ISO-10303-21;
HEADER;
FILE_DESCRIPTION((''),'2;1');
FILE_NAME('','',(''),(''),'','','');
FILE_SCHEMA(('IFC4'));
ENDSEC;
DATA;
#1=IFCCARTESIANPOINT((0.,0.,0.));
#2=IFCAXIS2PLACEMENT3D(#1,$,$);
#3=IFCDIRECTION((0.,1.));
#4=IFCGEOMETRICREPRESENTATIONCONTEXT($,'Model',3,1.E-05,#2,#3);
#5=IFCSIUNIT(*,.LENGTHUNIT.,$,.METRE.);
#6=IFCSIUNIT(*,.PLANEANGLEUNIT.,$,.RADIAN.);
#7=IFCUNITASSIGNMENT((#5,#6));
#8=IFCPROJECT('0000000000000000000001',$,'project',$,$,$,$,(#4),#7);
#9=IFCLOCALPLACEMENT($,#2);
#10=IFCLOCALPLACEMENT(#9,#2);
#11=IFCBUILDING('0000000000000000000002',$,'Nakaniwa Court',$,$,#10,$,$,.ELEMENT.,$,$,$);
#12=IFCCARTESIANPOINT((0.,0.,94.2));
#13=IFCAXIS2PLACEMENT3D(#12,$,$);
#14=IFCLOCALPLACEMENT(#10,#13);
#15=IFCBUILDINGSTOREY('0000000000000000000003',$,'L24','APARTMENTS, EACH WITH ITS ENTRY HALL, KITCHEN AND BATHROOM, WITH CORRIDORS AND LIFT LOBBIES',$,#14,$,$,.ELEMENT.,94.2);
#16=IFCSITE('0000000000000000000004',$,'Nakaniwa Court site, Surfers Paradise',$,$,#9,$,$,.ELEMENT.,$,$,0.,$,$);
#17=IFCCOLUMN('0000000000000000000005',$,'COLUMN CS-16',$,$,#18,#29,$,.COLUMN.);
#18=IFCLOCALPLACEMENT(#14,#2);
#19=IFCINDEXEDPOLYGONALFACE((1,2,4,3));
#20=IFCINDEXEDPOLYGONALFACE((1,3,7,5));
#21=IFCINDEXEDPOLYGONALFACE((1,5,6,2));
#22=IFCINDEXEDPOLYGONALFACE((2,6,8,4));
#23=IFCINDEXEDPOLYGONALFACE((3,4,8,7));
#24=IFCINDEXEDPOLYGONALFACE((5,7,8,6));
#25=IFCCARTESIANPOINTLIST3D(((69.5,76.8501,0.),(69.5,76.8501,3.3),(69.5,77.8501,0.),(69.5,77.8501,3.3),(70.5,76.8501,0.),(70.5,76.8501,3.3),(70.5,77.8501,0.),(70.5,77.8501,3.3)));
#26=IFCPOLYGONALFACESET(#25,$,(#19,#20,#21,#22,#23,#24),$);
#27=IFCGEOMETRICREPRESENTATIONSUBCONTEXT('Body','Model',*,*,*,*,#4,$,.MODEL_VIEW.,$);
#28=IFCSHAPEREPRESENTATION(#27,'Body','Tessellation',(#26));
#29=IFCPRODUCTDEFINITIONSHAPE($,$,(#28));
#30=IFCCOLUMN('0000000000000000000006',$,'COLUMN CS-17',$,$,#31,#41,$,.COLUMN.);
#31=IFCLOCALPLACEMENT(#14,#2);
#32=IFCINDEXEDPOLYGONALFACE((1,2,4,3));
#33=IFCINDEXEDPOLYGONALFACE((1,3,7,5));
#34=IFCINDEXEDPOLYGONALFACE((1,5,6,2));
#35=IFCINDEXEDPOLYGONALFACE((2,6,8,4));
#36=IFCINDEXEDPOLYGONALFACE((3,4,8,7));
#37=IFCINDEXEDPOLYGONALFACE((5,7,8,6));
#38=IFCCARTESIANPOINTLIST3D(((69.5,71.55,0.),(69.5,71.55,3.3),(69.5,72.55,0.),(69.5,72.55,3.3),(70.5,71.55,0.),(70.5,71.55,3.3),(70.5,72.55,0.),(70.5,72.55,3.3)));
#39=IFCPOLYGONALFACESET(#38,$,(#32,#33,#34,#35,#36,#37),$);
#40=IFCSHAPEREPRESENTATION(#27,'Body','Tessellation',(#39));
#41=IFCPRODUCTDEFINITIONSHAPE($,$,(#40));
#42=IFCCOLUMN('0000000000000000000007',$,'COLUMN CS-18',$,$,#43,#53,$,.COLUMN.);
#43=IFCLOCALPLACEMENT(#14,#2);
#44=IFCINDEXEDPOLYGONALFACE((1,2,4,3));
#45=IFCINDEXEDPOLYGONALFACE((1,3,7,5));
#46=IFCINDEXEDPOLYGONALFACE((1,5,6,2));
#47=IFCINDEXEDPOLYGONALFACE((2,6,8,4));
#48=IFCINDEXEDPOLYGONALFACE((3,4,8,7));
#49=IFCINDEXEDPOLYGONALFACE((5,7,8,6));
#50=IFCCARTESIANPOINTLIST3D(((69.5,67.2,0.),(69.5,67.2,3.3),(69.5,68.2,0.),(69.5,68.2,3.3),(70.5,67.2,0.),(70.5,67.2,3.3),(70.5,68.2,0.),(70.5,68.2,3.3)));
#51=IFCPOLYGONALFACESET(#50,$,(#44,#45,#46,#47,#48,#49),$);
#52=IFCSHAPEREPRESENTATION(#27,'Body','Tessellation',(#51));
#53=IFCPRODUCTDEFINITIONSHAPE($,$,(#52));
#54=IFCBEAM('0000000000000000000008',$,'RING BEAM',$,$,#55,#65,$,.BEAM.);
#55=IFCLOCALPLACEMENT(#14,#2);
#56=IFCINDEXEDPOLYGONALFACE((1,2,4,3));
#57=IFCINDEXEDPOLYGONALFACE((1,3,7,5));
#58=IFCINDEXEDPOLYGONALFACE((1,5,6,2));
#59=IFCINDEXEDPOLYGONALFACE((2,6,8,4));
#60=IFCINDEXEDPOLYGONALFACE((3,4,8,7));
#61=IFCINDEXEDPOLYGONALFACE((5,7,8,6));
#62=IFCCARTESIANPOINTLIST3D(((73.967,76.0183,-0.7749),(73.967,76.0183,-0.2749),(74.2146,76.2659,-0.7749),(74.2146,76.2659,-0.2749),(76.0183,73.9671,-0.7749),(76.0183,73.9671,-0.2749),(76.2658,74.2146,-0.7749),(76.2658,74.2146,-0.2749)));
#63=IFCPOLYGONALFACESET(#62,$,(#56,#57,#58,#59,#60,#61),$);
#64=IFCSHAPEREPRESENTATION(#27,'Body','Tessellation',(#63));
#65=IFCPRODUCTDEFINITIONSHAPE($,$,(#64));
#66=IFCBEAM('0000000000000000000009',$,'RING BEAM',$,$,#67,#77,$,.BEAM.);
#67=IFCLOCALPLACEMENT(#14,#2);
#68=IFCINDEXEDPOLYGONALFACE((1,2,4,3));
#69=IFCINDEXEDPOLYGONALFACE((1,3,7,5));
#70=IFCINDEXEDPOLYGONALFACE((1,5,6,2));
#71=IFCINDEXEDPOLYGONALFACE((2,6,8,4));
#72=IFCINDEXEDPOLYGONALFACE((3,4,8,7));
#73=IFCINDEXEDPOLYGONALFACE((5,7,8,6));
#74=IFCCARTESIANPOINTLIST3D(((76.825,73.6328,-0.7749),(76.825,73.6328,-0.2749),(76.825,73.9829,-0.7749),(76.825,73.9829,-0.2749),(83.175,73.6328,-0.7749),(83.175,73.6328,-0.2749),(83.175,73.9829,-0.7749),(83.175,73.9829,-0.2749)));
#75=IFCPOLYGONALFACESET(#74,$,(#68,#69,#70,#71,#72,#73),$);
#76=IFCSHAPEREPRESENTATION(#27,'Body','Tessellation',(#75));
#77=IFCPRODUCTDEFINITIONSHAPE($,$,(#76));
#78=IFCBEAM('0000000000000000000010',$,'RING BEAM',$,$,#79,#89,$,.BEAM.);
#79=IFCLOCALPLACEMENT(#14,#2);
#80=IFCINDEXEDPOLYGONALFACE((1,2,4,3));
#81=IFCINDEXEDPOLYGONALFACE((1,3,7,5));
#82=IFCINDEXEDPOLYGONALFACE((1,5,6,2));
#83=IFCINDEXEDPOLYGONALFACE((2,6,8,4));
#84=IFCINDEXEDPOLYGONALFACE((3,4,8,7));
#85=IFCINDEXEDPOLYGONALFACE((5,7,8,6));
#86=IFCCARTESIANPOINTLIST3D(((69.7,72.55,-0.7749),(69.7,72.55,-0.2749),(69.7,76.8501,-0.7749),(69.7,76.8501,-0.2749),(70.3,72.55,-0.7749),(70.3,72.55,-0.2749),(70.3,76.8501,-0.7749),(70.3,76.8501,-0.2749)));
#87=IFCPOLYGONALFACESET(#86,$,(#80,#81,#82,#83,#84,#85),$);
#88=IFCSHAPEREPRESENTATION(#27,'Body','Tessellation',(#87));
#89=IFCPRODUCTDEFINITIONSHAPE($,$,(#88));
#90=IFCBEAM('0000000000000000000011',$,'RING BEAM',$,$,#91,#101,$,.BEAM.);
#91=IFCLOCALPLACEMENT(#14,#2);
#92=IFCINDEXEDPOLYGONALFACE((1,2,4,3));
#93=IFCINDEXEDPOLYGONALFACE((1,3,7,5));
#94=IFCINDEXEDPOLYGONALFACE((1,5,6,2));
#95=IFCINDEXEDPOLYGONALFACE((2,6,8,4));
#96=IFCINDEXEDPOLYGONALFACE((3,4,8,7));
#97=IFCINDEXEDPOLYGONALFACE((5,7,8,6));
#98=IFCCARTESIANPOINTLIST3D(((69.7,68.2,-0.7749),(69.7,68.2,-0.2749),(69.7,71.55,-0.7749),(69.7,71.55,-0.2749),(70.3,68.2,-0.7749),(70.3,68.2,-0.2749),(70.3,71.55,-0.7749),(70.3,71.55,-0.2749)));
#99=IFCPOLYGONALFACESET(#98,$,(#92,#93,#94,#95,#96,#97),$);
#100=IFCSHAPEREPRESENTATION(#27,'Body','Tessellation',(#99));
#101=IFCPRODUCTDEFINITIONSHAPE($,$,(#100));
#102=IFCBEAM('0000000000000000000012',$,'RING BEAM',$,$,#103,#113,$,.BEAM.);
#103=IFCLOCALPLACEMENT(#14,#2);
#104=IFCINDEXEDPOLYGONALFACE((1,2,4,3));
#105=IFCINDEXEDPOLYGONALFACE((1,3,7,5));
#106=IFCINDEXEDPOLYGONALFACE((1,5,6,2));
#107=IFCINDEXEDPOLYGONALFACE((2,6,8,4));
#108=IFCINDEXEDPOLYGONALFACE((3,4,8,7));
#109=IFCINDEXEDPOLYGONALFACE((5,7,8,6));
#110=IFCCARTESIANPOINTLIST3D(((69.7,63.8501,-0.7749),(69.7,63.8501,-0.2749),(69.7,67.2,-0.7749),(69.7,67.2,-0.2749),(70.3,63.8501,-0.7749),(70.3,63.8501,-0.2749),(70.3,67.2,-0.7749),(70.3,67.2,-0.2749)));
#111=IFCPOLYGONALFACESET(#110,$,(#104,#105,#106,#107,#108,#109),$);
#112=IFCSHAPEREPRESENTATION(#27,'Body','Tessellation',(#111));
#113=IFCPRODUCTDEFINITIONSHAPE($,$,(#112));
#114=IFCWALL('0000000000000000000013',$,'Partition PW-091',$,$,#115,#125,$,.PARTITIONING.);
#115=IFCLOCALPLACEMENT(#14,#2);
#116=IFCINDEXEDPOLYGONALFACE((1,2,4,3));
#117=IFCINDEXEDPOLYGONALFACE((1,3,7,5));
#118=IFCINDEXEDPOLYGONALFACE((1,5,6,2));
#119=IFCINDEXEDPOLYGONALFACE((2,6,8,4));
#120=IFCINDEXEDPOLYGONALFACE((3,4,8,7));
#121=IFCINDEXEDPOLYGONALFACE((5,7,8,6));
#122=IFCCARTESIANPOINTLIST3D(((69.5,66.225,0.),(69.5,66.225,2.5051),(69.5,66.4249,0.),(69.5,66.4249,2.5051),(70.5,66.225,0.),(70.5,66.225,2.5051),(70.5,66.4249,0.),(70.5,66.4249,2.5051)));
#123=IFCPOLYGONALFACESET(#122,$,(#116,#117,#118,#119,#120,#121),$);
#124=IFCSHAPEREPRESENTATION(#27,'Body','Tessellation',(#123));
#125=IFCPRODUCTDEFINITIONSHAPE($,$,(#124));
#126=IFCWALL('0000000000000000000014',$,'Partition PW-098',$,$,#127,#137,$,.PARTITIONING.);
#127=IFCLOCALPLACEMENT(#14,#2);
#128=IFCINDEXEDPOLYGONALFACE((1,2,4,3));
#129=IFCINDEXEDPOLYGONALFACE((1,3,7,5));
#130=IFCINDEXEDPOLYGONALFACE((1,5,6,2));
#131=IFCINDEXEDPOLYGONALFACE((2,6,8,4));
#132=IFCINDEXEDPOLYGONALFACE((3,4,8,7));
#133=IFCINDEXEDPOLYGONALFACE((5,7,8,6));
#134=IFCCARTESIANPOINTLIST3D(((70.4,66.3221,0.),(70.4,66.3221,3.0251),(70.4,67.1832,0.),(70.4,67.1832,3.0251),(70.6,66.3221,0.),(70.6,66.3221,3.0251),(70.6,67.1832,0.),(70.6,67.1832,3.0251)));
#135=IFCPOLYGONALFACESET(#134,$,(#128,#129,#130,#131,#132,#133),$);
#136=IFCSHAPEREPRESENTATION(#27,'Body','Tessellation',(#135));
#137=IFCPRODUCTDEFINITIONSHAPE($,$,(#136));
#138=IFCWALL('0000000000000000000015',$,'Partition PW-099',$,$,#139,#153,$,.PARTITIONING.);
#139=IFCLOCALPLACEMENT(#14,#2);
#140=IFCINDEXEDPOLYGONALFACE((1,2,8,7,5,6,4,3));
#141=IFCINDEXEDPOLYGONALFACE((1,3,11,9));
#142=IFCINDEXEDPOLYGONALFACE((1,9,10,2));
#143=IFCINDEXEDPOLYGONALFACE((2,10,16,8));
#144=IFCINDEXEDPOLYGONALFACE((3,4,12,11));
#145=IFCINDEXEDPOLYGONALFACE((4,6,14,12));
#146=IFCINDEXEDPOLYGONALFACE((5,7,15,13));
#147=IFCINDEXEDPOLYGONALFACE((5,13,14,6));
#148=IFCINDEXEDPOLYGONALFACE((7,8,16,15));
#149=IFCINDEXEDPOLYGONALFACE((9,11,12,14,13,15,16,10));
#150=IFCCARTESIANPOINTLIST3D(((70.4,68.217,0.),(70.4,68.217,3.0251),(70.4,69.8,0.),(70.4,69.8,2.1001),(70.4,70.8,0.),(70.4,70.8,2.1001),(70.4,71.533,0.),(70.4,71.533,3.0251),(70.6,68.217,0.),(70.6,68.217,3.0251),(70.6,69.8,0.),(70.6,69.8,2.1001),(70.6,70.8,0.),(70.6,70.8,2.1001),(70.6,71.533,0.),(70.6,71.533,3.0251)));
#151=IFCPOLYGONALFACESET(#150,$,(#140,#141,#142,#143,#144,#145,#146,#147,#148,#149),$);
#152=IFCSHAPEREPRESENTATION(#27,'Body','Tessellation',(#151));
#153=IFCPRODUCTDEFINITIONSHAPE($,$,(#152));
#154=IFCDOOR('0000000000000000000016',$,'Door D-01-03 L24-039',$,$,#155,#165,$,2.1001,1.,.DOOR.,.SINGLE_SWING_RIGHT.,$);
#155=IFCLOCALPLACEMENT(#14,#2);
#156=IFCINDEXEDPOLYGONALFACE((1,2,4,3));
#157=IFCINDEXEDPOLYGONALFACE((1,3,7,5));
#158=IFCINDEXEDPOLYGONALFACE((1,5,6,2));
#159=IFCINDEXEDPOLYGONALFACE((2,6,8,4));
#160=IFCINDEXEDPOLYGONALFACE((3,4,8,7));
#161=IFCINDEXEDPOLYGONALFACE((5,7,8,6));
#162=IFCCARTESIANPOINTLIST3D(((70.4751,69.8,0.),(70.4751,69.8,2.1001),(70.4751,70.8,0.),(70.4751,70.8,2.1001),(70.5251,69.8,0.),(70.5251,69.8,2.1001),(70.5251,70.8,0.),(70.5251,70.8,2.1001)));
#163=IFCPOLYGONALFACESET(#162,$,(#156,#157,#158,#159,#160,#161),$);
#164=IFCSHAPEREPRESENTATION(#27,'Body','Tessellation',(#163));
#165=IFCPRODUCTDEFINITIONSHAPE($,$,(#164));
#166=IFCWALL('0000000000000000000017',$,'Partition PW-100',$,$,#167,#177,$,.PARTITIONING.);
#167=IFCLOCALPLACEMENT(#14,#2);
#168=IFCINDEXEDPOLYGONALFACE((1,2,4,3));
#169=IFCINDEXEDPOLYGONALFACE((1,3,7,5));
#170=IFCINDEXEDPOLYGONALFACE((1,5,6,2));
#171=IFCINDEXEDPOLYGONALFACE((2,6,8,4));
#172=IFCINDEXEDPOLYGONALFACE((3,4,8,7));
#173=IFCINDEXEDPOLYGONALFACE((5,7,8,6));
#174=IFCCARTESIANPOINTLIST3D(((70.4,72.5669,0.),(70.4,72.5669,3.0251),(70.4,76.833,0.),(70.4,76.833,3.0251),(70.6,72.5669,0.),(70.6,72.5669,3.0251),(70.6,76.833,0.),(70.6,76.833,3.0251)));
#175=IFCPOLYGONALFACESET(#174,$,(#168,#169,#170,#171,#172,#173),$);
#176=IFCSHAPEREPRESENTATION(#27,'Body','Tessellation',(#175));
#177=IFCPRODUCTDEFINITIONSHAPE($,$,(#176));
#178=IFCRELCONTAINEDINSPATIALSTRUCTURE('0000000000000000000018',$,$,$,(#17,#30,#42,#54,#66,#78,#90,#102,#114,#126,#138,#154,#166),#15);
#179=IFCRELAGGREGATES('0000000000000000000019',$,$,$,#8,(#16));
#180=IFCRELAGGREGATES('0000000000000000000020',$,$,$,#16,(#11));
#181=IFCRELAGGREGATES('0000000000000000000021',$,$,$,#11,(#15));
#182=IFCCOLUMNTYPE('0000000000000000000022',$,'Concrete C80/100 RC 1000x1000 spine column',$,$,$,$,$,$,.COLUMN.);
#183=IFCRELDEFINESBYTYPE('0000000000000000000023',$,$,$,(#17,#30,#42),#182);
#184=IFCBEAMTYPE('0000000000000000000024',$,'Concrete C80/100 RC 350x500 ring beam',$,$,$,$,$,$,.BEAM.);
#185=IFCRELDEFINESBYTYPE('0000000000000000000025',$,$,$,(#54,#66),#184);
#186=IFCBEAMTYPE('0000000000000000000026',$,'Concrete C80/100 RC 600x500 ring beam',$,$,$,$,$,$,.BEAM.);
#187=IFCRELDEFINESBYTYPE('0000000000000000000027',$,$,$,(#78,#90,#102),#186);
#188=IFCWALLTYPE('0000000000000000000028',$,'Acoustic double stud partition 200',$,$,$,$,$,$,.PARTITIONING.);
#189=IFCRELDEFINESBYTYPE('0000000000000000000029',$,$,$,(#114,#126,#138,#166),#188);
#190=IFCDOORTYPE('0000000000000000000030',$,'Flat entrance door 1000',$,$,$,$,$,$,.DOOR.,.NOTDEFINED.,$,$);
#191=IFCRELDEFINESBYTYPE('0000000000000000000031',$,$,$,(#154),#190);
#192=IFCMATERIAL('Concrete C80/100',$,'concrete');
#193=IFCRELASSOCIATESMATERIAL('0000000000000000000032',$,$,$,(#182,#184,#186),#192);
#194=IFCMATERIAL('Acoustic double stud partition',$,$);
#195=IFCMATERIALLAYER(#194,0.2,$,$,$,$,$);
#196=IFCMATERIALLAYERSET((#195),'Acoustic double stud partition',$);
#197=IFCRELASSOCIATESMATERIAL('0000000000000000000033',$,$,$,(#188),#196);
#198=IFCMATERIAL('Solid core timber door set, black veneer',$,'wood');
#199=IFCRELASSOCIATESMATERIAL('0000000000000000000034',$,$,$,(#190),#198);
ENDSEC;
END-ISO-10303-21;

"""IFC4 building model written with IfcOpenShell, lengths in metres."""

from ifc_helpers import new_model, si_unit, direction, frame, frame_2d, origin, origin_2d, place, context, subcontext, project, spatial, rectangle, extrude, material, layer, layer_set, material_profile, profile_set, type_object, element, fill, save


model = new_model("IFC4")

# Units and contexts
model_context = context("Model", 3, precision=1e-05, world=origin(), true_north=direction((0.0, 1.0)))
body_context = subcontext(model_context, "Body", "Model", "MODEL_VIEW")
ifc_project = project(units=[si_unit("LENGTHUNIT", "METRE"), si_unit("PLANEANGLEUNIT", "RADIAN")], contexts=[model_context])

# Site, building, storey
site_placement = place(None, origin())
site = spatial("IfcSite", under=ifc_project, at=site_placement, Name="Nakaniwa Court site, Surfers Paradise", CompositionType="ELEMENT", RefElevation=0.0)
building_placement = place(site_placement, origin())
building = spatial("IfcBuilding", under=site, at=building_placement, Name="Nakaniwa Court", CompositionType="ELEMENT")
storey_placement = place(building_placement, frame((0.0, 0.0, 94.2)))
storey = spatial("IfcBuildingStorey", under=building, at=storey_placement, Name="L24", Description="APARTMENTS, EACH WITH ITS ENTRY HALL, KITCHEN AND BATHROOM, WITH CORRIDORS AND LIFT LOBBIES", CompositionType="ELEMENT", Elevation=94.2)

# Columns
ifc_material_1 = material(Name="Concrete C80/100", Category="concrete")
ifc_material_profile_1 = material_profile(ifc_material_1, rectangle(XDim=1.0, YDim=1.0, at=origin_2d()), Name="Concrete C80/100 RC 1000x1000 spine column")
ifc_profile_set_1 = profile_set([ifc_material_profile_1], Name="Concrete C80/100")
column_type_1 = type_object("IfcColumnType", Name="Concrete C80/100 RC 1000x1000 spine column", PredefinedType="COLUMN", material=ifc_profile_set_1)
for number, where, z_axis, x_axis, name in (
    (1, (70.0, 77.3501, 0.0), (0.0, 0.0, 1.0), (0.0, -1.0, 0.0), "COLUMN CS-16"),
    (2, (70.0, 72.05, 0.0), (0.0, 0.0, 1.0), (0.0, -1.0, 0.0), "COLUMN CS-17"),
    (3, (70.0, 67.7, 0.0), (0.0, 0.0, 1.0), (0.0, -1.0, 0.0), "COLUMN CS-18"),
):
    element("IfcColumn", number, at=place(storey_placement, frame(where, z_axis=z_axis, x_axis=x_axis)), inside=storey, type_object=column_type_1, Name=name, PredefinedType="COLUMN", context=body_context, shape_type="SweptSolid", body=[
        extrude(rectangle(XDim=1.0, YDim=1.0, at=origin_2d()), origin(), (0.0, 0.0, 1.0), 3.3),
    ])

# Beams
ifc_material_profile_2 = material_profile(ifc_material_1, rectangle(XDim=0.3501, YDim=0.5, at=origin_2d()), Name="Concrete C80/100 RC 350x500 ring beam")
ifc_profile_set_2 = profile_set([ifc_material_profile_2], Name="Concrete C80/100")
beam_type_1 = type_object("IfcBeamType", Name="Concrete C80/100 RC 350x500 ring beam", PredefinedType="BEAM", material=ifc_profile_set_2)
beam_1_placement = place(storey_placement, frame((74.0908, 76.1421, -0.5249), z_axis=(0.707107, -0.707107, 0.0), x_axis=(0.707107, 0.707107, 0.0)))
element("IfcBeam", 4, at=beam_1_placement, inside=storey, type_object=beam_type_1, Name="RING BEAM", PredefinedType="BEAM", context=body_context, shape_type="SweptSolid", body=[
    extrude(rectangle(XDim=0.3501, YDim=0.5, at=origin_2d()), origin(), (0.0, 0.0, 1.0), 2.9009),
])
beam_2_placement = place(storey_placement, frame((76.825, 73.8079, -0.5249), z_axis=(1.0, 0.0, 0.0), x_axis=(0.0, 1.0, 0.0)))
element("IfcBeam", 5, at=beam_2_placement, inside=storey, type_object=beam_type_1, Name="RING BEAM", PredefinedType="BEAM", context=body_context, shape_type="SweptSolid", body=[
    extrude(rectangle(XDim=0.3501, YDim=0.5, at=origin_2d()), origin(), (0.0, 0.0, 1.0), 6.3501),
])
ifc_material_profile_3 = material_profile(ifc_material_1, rectangle(XDim=0.6001, YDim=0.5, at=origin_2d()), Name="Concrete C80/100 RC 600x500 ring beam")
ifc_profile_set_3 = profile_set([ifc_material_profile_3], Name="Concrete C80/100")
beam_type_2 = type_object("IfcBeamType", Name="Concrete C80/100 RC 600x500 ring beam", PredefinedType="BEAM", material=ifc_profile_set_3)
beam_3_placement = place(storey_placement, frame((70.0, 76.8501, -0.5249), z_axis=(0.0, -1.0, 0.0), x_axis=(1.0, 0.0, 0.0)))
element("IfcBeam", 6, at=beam_3_placement, inside=storey, type_object=beam_type_2, Name="RING BEAM", PredefinedType="BEAM", context=body_context, shape_type="SweptSolid", body=[
    extrude(rectangle(XDim=0.6001, YDim=0.5, at=origin_2d()), origin(), (0.0, 0.0, 1.0), 4.3),
])
beam_4_placement = place(storey_placement, frame((70.0, 71.55, -0.5249), z_axis=(0.0, -1.0, 0.0), x_axis=(1.0, 0.0, 0.0)))
element("IfcBeam", 7, at=beam_4_placement, inside=storey, type_object=beam_type_2, Name="RING BEAM", PredefinedType="BEAM", context=body_context, shape_type="SweptSolid", body=[
    extrude(rectangle(XDim=0.6001, YDim=0.5, at=origin_2d()), origin(), (0.0, 0.0, 1.0), 3.3501),
])
beam_5_placement = place(storey_placement, frame((70.0, 67.2, -0.5249), z_axis=(0.0, -1.0, 0.0), x_axis=(1.0, 0.0, 0.0)))
element("IfcBeam", 8, at=beam_5_placement, inside=storey, type_object=beam_type_2, Name="RING BEAM", PredefinedType="BEAM", context=body_context, shape_type="SweptSolid", body=[
    extrude(rectangle(XDim=0.6001, YDim=0.5, at=origin_2d()), origin(), (0.0, 0.0, 1.0), 3.3499),
])

# Walls
ifc_material_2 = material(Name="Acoustic double stud partition")
ifc_layer_1 = layer(ifc_material_2, 0.2)
ifc_layer_set_1 = layer_set([ifc_layer_1], Name="Acoustic double stud partition")
wall_type_1 = type_object("IfcWallType", Name="Acoustic double stud partition 200", PredefinedType="PARTITIONING", material=ifc_layer_set_1)
wall_1_placement = place(storey_placement, frame((69.5, 66.325, 0.0), z_axis=(0.0, 0.0, 1.0), x_axis=(1.0, 0.0, 0.0)))
element("IfcWall", 9, at=wall_1_placement, inside=storey, type_object=wall_type_1, Name="Partition PW-091", PredefinedType="PARTITIONING", context=body_context, shape_type="SweptSolid", body=[
    extrude(rectangle(XDim=1.0, YDim=0.2, at=frame_2d((0.5, 0.0))), origin(), (0.0, 0.0, 1.0), 2.5051),
])
wall_2_placement = place(storey_placement, frame((70.5, 66.322, 0.0), z_axis=(0.0, 0.0, 1.0), x_axis=(0.0, 1.0, 0.0)))
element("IfcWall", 10, at=wall_2_placement, inside=storey, type_object=wall_type_1, Name="Partition PW-098", PredefinedType="PARTITIONING", context=body_context, shape_type="SweptSolid", body=[
    extrude(rectangle(XDim=0.8611, YDim=0.2, at=frame_2d((0.4307, 0.0))), origin(), (0.0, 0.0, 1.0), 3.0251),
])

# Wall, opening, door
wall_3_placement = place(storey_placement, frame((70.5, 68.217, 0.0), z_axis=(0.0, 0.0, 1.0), x_axis=(0.0, 1.0, 0.0)))
wall_3 = element("IfcWall", 11, at=wall_3_placement, inside=storey, type_object=wall_type_1, Name="Partition PW-099", PredefinedType="PARTITIONING", context=body_context, shape_type="SweptSolid", body=[
    extrude(rectangle(XDim=3.3159, YDim=0.2, at=frame_2d((1.658, 0.0))), origin(), (0.0, 0.0, 1.0), 3.0251),
])
opening_1_placement = place(wall_3_placement, frame((1.583, 0.0, 0.0)))
opening_1 = element("IfcOpeningElement", 12, at=opening_1_placement, cuts=wall_3, PredefinedType="OPENING", context=body_context, shape_type="SweptSolid", body=[
    extrude(rectangle(XDim=1.0, YDim=2.1001, at=frame_2d((0.5, 1.05))), frame((0.0, 0.1099, 0.0), z_axis=(0.0, -1.0, 0.0), x_axis=(1.0, 0.0, 0.0)), (0.0, 0.0, 1.0), 0.22),
])
ifc_material_3 = material(Name="Solid core timber door set, black veneer", Category="wood")
door_type_1 = type_object("IfcDoorType", Name="Flat entrance door 1000", OperationType="NOTDEFINED", PredefinedType="DOOR", material=ifc_material_3)
door_1_placement = place(opening_1_placement, origin())
door_1 = element("IfcDoor", 13, at=door_1_placement, inside=storey, type_object=door_type_1, Name="Door D-01-03 L24-039", OperationType="SINGLE_SWING_RIGHT", OverallHeight=2.1001, OverallWidth=1.0, PredefinedType="DOOR", context=body_context, shape_type="SweptSolid", body=[
    extrude(rectangle(XDim=1.0, YDim=2.1001, at=frame_2d((0.5, 1.05))), frame((0.0, 0.0249, 0.0), z_axis=(0.0, -1.0, 0.0), x_axis=(1.0, 0.0, 0.0)), (0.0, 0.0, 1.0), 0.05),
])
fill(opening_1, door_1)

# Wall
wall_4_placement = place(storey_placement, frame((70.5, 72.5669, 0.0), z_axis=(0.0, 0.0, 1.0), x_axis=(0.0, 1.0, 0.0)))
element("IfcWall", 14, at=wall_4_placement, inside=storey, type_object=wall_type_1, Name="Partition PW-100", PredefinedType="PARTITIONING", context=body_context, shape_type="SweptSolid", body=[
    extrude(rectangle(XDim=4.2661, YDim=0.2, at=frame_2d((2.1331, 0.0))), origin(), (0.0, 0.0, 1.0), 3.0251),
])

save(model, "model.ifc")
